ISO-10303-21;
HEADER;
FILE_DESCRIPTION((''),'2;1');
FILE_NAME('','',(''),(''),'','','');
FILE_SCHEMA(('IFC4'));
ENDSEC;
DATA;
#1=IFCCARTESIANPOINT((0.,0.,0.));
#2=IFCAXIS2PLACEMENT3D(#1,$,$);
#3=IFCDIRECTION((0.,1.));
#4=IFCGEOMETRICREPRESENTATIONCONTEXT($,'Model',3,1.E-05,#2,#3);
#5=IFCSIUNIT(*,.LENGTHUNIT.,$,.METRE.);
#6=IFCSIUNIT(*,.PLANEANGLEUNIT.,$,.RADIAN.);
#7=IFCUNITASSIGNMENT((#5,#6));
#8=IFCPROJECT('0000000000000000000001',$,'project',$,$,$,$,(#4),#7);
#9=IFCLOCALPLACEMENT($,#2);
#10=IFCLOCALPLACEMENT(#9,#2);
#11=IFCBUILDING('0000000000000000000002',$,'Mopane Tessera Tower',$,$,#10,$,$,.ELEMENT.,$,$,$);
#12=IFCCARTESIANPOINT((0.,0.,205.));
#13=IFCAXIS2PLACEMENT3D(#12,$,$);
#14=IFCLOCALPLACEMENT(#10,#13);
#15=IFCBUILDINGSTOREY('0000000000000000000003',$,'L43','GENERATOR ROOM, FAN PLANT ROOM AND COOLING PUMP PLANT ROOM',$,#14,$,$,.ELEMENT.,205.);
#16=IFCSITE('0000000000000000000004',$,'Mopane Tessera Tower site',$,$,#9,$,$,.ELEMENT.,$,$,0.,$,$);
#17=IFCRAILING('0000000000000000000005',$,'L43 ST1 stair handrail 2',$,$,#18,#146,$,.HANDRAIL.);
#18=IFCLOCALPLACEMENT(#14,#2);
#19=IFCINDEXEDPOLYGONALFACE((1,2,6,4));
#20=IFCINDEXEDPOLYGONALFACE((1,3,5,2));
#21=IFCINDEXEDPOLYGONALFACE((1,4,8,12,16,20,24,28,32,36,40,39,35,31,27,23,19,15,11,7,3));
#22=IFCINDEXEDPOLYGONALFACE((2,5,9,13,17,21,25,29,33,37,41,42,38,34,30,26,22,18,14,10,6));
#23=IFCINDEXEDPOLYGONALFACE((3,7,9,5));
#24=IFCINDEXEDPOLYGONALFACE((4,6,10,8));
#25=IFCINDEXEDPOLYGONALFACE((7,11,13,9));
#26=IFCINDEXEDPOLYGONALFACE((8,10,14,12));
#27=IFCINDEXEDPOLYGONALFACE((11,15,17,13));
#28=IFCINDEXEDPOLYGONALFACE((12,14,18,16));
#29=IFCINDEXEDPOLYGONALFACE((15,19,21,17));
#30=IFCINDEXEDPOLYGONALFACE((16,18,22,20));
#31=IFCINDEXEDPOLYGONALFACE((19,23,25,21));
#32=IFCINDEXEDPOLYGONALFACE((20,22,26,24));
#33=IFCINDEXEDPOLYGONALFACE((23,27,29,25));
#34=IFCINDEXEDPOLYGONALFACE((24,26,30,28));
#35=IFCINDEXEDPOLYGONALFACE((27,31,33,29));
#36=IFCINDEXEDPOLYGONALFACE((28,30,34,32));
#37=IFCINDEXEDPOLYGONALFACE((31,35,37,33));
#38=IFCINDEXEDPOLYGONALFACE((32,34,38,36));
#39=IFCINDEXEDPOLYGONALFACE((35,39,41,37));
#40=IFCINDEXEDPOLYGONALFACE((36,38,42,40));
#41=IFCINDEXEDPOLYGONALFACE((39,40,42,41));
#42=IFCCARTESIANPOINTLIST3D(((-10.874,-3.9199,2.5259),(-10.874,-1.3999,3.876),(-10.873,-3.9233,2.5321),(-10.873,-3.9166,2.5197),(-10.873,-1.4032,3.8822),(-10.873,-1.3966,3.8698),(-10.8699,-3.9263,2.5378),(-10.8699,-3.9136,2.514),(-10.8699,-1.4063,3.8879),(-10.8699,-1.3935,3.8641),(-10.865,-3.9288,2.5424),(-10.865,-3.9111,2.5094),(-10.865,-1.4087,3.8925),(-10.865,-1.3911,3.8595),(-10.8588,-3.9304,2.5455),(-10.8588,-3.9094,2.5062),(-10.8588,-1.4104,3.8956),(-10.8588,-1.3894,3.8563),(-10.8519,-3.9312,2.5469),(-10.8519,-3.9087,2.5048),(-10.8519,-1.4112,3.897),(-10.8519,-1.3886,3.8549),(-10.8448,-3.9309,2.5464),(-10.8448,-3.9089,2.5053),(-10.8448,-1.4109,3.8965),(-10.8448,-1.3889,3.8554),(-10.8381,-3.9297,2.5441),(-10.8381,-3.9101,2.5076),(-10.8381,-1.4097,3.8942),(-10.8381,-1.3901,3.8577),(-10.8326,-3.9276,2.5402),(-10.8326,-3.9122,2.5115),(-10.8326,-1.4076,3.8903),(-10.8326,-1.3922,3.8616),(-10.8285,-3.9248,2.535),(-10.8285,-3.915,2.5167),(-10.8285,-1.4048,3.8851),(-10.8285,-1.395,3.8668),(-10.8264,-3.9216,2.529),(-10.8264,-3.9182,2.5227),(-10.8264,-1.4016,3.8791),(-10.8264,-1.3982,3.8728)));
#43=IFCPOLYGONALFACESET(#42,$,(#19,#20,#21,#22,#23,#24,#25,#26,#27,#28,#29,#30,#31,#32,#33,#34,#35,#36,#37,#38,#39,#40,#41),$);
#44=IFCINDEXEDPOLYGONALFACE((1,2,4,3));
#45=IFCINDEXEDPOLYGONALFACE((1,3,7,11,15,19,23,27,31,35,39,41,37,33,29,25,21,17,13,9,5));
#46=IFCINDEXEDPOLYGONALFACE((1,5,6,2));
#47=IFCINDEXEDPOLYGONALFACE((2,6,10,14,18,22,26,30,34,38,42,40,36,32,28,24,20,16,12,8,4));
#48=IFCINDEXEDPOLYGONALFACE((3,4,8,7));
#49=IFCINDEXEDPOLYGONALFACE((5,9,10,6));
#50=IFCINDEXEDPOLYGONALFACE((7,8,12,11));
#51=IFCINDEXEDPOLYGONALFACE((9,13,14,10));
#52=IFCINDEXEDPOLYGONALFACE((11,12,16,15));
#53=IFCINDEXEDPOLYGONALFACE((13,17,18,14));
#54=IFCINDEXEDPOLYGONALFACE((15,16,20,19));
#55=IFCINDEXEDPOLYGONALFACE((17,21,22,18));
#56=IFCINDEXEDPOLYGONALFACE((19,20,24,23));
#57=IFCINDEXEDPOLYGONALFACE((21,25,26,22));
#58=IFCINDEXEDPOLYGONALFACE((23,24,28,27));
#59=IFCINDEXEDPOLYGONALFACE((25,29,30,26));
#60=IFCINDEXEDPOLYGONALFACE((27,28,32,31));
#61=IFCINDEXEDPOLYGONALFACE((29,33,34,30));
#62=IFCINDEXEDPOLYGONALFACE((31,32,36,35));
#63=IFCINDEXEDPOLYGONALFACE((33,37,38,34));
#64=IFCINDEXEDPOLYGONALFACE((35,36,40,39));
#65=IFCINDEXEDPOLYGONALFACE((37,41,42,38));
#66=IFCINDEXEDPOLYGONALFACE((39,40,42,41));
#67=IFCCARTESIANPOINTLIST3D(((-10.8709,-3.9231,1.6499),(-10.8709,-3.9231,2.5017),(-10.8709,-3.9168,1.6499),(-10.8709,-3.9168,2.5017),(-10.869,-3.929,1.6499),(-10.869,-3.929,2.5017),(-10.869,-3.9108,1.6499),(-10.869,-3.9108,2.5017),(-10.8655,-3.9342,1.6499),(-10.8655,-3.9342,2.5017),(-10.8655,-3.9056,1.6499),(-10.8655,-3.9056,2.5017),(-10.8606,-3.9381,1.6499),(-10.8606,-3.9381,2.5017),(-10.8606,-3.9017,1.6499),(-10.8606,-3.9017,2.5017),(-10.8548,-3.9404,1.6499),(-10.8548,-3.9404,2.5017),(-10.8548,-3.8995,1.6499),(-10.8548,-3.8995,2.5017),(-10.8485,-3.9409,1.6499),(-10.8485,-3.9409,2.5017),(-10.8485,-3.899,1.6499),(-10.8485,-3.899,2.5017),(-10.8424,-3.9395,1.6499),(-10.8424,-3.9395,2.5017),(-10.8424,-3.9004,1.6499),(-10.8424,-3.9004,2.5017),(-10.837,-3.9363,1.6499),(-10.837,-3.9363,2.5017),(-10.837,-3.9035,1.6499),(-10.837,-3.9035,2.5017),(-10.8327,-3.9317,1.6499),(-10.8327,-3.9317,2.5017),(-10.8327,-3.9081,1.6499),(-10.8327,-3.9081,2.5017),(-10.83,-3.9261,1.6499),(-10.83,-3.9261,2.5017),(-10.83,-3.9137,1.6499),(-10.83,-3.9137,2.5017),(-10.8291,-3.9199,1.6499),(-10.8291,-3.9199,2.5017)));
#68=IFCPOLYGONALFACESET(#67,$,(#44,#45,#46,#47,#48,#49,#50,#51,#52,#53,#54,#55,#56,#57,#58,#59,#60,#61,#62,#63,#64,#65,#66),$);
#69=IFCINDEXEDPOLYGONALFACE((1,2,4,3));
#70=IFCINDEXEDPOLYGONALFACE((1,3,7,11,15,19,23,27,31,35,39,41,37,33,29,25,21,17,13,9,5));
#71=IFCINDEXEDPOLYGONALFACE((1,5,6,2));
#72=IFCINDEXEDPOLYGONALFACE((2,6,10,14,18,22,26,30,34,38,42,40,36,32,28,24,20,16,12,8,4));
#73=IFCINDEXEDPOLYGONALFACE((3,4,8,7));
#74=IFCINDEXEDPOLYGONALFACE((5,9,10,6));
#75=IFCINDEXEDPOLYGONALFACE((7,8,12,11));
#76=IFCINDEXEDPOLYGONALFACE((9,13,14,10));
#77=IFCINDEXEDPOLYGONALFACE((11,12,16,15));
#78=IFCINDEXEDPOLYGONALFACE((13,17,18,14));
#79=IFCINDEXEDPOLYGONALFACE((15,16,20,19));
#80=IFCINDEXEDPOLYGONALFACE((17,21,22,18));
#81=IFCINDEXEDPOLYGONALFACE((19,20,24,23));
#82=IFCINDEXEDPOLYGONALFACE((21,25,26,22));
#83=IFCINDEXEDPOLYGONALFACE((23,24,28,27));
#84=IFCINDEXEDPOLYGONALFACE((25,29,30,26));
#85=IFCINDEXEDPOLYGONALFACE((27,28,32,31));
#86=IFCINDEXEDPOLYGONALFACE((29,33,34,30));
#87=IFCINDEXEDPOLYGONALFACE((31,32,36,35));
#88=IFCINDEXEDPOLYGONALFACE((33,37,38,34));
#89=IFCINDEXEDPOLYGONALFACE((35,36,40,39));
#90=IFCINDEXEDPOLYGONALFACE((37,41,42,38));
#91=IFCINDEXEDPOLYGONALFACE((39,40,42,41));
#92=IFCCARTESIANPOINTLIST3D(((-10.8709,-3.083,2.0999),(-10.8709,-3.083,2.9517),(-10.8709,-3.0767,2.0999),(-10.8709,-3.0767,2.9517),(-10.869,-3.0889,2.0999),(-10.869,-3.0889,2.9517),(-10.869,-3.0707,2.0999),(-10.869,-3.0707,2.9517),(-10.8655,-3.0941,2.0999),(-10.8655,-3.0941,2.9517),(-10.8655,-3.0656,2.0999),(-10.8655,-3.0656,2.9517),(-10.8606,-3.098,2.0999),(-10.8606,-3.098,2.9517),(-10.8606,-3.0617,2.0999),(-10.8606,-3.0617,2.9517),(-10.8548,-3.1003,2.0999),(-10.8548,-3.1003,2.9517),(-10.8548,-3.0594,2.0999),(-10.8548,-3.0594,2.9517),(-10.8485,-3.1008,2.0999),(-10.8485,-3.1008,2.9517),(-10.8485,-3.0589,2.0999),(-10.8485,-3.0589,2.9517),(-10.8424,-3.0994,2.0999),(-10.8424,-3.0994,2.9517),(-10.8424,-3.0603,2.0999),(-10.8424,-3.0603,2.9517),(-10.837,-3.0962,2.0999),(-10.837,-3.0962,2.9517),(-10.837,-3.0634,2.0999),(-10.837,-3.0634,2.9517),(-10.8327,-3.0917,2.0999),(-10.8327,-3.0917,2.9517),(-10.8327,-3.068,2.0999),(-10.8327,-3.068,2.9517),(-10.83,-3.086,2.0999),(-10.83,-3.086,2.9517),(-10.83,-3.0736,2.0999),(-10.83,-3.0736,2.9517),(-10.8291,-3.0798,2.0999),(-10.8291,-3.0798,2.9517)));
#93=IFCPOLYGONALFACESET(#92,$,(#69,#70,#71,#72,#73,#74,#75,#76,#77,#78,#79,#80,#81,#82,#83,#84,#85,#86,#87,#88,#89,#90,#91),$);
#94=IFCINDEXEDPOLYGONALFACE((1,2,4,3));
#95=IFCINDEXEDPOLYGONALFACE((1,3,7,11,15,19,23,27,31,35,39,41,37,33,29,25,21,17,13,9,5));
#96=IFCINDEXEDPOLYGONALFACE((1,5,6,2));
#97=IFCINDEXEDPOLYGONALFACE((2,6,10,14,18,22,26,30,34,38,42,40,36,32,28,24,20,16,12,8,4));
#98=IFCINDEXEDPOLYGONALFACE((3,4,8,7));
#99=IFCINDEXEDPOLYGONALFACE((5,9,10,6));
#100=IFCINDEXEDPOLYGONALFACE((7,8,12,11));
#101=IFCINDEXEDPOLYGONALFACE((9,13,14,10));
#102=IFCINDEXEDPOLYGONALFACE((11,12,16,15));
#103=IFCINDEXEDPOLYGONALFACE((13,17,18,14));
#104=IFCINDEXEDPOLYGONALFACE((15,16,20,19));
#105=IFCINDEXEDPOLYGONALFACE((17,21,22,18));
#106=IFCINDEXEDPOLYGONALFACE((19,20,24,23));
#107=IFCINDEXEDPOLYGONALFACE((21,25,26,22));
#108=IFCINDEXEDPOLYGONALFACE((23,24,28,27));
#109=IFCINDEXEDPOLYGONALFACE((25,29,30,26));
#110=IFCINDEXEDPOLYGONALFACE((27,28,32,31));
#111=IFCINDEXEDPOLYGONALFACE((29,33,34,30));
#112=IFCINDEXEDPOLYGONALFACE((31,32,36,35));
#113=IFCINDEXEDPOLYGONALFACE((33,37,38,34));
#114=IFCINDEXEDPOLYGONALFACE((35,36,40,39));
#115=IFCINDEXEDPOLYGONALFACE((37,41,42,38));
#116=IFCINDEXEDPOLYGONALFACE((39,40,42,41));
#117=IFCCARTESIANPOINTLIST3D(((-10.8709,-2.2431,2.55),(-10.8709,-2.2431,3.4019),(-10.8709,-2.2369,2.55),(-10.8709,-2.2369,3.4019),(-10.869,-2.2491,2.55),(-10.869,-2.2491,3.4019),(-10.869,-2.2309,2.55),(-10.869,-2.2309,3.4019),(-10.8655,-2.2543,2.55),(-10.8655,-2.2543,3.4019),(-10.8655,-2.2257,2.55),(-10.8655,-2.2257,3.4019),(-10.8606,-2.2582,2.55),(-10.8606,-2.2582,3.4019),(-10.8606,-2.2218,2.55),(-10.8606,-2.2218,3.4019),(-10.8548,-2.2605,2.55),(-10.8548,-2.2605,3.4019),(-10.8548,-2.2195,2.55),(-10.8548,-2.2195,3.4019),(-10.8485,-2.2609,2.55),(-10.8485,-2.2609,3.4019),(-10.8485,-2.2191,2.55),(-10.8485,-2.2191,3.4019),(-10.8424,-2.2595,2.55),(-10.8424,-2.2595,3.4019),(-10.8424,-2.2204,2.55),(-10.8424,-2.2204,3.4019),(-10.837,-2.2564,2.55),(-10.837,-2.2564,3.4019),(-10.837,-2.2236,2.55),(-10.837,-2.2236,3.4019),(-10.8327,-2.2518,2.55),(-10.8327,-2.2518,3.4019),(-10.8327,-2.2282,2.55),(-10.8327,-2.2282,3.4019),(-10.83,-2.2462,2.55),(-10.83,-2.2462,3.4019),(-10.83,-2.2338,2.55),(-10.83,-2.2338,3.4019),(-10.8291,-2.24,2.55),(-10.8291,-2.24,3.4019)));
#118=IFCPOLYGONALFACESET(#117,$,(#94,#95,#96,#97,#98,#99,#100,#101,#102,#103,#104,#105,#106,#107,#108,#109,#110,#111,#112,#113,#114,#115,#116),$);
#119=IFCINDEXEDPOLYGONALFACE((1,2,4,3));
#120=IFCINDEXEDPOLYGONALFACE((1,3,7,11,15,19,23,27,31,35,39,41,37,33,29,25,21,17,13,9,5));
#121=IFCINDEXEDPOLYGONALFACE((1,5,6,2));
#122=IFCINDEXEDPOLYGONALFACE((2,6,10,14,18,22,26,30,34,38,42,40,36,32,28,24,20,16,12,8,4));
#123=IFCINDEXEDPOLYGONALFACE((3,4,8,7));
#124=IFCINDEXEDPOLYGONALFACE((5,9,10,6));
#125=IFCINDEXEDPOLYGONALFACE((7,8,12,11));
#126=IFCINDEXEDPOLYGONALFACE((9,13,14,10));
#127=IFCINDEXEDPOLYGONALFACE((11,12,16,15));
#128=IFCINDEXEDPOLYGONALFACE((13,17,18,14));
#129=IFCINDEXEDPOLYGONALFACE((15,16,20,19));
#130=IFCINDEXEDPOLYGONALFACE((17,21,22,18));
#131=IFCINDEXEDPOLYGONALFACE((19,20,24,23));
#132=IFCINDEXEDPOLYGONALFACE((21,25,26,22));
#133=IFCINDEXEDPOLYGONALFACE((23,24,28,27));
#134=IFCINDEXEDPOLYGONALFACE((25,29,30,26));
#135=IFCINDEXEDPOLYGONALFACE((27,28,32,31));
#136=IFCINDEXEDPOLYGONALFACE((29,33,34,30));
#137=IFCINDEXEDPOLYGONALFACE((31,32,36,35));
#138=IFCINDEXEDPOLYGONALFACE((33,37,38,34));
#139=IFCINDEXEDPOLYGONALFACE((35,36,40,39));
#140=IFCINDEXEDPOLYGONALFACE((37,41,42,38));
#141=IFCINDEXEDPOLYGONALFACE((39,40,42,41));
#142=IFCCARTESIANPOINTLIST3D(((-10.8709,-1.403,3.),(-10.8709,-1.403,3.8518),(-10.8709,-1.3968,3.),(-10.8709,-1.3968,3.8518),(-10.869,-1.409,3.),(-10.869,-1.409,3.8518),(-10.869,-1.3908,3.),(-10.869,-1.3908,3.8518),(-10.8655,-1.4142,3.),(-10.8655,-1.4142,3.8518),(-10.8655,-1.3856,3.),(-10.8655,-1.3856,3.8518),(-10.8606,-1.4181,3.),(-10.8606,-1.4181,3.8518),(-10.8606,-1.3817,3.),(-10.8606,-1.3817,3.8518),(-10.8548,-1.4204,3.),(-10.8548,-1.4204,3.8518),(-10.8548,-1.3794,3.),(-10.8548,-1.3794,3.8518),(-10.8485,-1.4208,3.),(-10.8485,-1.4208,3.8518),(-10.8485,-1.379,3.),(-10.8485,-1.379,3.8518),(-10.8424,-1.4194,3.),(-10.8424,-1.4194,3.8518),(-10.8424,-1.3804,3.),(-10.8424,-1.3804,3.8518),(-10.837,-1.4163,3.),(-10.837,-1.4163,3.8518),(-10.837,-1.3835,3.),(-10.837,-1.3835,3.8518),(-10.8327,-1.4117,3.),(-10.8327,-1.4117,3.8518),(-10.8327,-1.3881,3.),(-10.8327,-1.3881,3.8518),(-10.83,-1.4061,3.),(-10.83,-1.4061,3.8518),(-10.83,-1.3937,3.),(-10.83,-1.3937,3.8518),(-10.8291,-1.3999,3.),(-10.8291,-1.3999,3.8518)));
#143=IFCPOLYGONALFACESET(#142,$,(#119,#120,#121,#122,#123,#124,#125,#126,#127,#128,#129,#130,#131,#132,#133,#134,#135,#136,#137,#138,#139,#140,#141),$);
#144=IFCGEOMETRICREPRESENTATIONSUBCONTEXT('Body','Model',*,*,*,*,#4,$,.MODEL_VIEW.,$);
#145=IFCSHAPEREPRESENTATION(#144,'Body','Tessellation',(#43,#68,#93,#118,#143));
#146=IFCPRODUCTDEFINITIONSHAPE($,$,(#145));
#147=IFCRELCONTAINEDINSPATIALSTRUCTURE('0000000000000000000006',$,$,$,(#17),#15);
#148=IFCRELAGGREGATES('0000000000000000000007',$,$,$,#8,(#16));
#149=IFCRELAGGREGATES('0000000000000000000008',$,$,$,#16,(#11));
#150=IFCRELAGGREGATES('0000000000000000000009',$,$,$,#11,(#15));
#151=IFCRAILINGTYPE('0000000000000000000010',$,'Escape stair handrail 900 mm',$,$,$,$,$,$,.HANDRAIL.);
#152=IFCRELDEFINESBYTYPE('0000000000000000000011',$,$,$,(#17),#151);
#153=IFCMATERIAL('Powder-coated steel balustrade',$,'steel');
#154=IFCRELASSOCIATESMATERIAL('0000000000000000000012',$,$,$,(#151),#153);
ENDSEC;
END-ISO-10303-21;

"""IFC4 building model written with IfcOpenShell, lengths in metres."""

from ifc_helpers import new_model, si_unit, direction, frame, origin, origin_2d, place, context, subcontext, project, spatial, circle, extrude, material, type_object, element, save


model = new_model("IFC4")

# Units and contexts
model_context = context("Model", 3, precision=1e-05, world=origin(), true_north=direction((0.0, 1.0)))
body_context = subcontext(model_context, "Body", "Model", "MODEL_VIEW")
ifc_project = project(units=[si_unit("LENGTHUNIT", "METRE"), si_unit("PLANEANGLEUNIT", "RADIAN")], contexts=[model_context])

# Site, building, storey
site_placement = place(None, origin())
site = spatial("IfcSite", under=ifc_project, at=site_placement, Name="Mopane Tessera Tower site", CompositionType="ELEMENT", RefElevation=0.0)
building_placement = place(site_placement, origin())
building = spatial("IfcBuilding", under=site, at=building_placement, Name="Mopane Tessera Tower", CompositionType="ELEMENT")
storey_placement = place(building_placement, frame((0.0, 0.0, 205.0)))
storey = spatial("IfcBuildingStorey", under=building, at=storey_placement, Name="L43", Description="GENERATOR ROOM, FAN PLANT ROOM AND COOLING PUMP PLANT ROOM", CompositionType="ELEMENT", Elevation=205.0)

# Railing
ifc_material_1 = material(Name="Powder-coated steel balustrade", Category="steel")
railing_type_1 = type_object("IfcRailingType", Name="Escape stair handrail 900 mm", PredefinedType="HANDRAIL", material=ifc_material_1)
railing_1_placement = place(storey_placement, frame((-10.8501, -3.9199, 1.6499)))
element("IfcRailing", 1, at=railing_1_placement, inside=storey, type_object=railing_type_1, Name="L43 ST1 stair handrail 2", PredefinedType="HANDRAIL", context=body_context, shape_type="SweptSolid", body=[
    extrude(circle(Radius=0.0239, at=origin_2d()), frame((0.0, 0.0, 0.876), z_axis=(0.0, 0.881467, 0.472245), x_axis=(-1.0, 0.0, 0.0)), (0.0, 0.0, 1.0), 2.8589),
    extrude(circle(Radius=0.021, at=origin_2d()), origin(), (0.0, 0.0, 1.0), 0.8518),
    extrude(circle(Radius=0.021, at=origin_2d()), frame((0.0, 0.8401, 0.45)), (0.0, 0.0, 1.0), 0.8518),
    extrude(circle(Radius=0.021, at=origin_2d()), frame((0.0, 1.6799, 0.9001)), (0.0, 0.0, 1.0), 0.8518),
    extrude(circle(Radius=0.021, at=origin_2d()), frame((0.0, 2.52, 1.3501)), (0.0, 0.0, 1.0), 0.8518),
])

save(model, "model.ifc")
